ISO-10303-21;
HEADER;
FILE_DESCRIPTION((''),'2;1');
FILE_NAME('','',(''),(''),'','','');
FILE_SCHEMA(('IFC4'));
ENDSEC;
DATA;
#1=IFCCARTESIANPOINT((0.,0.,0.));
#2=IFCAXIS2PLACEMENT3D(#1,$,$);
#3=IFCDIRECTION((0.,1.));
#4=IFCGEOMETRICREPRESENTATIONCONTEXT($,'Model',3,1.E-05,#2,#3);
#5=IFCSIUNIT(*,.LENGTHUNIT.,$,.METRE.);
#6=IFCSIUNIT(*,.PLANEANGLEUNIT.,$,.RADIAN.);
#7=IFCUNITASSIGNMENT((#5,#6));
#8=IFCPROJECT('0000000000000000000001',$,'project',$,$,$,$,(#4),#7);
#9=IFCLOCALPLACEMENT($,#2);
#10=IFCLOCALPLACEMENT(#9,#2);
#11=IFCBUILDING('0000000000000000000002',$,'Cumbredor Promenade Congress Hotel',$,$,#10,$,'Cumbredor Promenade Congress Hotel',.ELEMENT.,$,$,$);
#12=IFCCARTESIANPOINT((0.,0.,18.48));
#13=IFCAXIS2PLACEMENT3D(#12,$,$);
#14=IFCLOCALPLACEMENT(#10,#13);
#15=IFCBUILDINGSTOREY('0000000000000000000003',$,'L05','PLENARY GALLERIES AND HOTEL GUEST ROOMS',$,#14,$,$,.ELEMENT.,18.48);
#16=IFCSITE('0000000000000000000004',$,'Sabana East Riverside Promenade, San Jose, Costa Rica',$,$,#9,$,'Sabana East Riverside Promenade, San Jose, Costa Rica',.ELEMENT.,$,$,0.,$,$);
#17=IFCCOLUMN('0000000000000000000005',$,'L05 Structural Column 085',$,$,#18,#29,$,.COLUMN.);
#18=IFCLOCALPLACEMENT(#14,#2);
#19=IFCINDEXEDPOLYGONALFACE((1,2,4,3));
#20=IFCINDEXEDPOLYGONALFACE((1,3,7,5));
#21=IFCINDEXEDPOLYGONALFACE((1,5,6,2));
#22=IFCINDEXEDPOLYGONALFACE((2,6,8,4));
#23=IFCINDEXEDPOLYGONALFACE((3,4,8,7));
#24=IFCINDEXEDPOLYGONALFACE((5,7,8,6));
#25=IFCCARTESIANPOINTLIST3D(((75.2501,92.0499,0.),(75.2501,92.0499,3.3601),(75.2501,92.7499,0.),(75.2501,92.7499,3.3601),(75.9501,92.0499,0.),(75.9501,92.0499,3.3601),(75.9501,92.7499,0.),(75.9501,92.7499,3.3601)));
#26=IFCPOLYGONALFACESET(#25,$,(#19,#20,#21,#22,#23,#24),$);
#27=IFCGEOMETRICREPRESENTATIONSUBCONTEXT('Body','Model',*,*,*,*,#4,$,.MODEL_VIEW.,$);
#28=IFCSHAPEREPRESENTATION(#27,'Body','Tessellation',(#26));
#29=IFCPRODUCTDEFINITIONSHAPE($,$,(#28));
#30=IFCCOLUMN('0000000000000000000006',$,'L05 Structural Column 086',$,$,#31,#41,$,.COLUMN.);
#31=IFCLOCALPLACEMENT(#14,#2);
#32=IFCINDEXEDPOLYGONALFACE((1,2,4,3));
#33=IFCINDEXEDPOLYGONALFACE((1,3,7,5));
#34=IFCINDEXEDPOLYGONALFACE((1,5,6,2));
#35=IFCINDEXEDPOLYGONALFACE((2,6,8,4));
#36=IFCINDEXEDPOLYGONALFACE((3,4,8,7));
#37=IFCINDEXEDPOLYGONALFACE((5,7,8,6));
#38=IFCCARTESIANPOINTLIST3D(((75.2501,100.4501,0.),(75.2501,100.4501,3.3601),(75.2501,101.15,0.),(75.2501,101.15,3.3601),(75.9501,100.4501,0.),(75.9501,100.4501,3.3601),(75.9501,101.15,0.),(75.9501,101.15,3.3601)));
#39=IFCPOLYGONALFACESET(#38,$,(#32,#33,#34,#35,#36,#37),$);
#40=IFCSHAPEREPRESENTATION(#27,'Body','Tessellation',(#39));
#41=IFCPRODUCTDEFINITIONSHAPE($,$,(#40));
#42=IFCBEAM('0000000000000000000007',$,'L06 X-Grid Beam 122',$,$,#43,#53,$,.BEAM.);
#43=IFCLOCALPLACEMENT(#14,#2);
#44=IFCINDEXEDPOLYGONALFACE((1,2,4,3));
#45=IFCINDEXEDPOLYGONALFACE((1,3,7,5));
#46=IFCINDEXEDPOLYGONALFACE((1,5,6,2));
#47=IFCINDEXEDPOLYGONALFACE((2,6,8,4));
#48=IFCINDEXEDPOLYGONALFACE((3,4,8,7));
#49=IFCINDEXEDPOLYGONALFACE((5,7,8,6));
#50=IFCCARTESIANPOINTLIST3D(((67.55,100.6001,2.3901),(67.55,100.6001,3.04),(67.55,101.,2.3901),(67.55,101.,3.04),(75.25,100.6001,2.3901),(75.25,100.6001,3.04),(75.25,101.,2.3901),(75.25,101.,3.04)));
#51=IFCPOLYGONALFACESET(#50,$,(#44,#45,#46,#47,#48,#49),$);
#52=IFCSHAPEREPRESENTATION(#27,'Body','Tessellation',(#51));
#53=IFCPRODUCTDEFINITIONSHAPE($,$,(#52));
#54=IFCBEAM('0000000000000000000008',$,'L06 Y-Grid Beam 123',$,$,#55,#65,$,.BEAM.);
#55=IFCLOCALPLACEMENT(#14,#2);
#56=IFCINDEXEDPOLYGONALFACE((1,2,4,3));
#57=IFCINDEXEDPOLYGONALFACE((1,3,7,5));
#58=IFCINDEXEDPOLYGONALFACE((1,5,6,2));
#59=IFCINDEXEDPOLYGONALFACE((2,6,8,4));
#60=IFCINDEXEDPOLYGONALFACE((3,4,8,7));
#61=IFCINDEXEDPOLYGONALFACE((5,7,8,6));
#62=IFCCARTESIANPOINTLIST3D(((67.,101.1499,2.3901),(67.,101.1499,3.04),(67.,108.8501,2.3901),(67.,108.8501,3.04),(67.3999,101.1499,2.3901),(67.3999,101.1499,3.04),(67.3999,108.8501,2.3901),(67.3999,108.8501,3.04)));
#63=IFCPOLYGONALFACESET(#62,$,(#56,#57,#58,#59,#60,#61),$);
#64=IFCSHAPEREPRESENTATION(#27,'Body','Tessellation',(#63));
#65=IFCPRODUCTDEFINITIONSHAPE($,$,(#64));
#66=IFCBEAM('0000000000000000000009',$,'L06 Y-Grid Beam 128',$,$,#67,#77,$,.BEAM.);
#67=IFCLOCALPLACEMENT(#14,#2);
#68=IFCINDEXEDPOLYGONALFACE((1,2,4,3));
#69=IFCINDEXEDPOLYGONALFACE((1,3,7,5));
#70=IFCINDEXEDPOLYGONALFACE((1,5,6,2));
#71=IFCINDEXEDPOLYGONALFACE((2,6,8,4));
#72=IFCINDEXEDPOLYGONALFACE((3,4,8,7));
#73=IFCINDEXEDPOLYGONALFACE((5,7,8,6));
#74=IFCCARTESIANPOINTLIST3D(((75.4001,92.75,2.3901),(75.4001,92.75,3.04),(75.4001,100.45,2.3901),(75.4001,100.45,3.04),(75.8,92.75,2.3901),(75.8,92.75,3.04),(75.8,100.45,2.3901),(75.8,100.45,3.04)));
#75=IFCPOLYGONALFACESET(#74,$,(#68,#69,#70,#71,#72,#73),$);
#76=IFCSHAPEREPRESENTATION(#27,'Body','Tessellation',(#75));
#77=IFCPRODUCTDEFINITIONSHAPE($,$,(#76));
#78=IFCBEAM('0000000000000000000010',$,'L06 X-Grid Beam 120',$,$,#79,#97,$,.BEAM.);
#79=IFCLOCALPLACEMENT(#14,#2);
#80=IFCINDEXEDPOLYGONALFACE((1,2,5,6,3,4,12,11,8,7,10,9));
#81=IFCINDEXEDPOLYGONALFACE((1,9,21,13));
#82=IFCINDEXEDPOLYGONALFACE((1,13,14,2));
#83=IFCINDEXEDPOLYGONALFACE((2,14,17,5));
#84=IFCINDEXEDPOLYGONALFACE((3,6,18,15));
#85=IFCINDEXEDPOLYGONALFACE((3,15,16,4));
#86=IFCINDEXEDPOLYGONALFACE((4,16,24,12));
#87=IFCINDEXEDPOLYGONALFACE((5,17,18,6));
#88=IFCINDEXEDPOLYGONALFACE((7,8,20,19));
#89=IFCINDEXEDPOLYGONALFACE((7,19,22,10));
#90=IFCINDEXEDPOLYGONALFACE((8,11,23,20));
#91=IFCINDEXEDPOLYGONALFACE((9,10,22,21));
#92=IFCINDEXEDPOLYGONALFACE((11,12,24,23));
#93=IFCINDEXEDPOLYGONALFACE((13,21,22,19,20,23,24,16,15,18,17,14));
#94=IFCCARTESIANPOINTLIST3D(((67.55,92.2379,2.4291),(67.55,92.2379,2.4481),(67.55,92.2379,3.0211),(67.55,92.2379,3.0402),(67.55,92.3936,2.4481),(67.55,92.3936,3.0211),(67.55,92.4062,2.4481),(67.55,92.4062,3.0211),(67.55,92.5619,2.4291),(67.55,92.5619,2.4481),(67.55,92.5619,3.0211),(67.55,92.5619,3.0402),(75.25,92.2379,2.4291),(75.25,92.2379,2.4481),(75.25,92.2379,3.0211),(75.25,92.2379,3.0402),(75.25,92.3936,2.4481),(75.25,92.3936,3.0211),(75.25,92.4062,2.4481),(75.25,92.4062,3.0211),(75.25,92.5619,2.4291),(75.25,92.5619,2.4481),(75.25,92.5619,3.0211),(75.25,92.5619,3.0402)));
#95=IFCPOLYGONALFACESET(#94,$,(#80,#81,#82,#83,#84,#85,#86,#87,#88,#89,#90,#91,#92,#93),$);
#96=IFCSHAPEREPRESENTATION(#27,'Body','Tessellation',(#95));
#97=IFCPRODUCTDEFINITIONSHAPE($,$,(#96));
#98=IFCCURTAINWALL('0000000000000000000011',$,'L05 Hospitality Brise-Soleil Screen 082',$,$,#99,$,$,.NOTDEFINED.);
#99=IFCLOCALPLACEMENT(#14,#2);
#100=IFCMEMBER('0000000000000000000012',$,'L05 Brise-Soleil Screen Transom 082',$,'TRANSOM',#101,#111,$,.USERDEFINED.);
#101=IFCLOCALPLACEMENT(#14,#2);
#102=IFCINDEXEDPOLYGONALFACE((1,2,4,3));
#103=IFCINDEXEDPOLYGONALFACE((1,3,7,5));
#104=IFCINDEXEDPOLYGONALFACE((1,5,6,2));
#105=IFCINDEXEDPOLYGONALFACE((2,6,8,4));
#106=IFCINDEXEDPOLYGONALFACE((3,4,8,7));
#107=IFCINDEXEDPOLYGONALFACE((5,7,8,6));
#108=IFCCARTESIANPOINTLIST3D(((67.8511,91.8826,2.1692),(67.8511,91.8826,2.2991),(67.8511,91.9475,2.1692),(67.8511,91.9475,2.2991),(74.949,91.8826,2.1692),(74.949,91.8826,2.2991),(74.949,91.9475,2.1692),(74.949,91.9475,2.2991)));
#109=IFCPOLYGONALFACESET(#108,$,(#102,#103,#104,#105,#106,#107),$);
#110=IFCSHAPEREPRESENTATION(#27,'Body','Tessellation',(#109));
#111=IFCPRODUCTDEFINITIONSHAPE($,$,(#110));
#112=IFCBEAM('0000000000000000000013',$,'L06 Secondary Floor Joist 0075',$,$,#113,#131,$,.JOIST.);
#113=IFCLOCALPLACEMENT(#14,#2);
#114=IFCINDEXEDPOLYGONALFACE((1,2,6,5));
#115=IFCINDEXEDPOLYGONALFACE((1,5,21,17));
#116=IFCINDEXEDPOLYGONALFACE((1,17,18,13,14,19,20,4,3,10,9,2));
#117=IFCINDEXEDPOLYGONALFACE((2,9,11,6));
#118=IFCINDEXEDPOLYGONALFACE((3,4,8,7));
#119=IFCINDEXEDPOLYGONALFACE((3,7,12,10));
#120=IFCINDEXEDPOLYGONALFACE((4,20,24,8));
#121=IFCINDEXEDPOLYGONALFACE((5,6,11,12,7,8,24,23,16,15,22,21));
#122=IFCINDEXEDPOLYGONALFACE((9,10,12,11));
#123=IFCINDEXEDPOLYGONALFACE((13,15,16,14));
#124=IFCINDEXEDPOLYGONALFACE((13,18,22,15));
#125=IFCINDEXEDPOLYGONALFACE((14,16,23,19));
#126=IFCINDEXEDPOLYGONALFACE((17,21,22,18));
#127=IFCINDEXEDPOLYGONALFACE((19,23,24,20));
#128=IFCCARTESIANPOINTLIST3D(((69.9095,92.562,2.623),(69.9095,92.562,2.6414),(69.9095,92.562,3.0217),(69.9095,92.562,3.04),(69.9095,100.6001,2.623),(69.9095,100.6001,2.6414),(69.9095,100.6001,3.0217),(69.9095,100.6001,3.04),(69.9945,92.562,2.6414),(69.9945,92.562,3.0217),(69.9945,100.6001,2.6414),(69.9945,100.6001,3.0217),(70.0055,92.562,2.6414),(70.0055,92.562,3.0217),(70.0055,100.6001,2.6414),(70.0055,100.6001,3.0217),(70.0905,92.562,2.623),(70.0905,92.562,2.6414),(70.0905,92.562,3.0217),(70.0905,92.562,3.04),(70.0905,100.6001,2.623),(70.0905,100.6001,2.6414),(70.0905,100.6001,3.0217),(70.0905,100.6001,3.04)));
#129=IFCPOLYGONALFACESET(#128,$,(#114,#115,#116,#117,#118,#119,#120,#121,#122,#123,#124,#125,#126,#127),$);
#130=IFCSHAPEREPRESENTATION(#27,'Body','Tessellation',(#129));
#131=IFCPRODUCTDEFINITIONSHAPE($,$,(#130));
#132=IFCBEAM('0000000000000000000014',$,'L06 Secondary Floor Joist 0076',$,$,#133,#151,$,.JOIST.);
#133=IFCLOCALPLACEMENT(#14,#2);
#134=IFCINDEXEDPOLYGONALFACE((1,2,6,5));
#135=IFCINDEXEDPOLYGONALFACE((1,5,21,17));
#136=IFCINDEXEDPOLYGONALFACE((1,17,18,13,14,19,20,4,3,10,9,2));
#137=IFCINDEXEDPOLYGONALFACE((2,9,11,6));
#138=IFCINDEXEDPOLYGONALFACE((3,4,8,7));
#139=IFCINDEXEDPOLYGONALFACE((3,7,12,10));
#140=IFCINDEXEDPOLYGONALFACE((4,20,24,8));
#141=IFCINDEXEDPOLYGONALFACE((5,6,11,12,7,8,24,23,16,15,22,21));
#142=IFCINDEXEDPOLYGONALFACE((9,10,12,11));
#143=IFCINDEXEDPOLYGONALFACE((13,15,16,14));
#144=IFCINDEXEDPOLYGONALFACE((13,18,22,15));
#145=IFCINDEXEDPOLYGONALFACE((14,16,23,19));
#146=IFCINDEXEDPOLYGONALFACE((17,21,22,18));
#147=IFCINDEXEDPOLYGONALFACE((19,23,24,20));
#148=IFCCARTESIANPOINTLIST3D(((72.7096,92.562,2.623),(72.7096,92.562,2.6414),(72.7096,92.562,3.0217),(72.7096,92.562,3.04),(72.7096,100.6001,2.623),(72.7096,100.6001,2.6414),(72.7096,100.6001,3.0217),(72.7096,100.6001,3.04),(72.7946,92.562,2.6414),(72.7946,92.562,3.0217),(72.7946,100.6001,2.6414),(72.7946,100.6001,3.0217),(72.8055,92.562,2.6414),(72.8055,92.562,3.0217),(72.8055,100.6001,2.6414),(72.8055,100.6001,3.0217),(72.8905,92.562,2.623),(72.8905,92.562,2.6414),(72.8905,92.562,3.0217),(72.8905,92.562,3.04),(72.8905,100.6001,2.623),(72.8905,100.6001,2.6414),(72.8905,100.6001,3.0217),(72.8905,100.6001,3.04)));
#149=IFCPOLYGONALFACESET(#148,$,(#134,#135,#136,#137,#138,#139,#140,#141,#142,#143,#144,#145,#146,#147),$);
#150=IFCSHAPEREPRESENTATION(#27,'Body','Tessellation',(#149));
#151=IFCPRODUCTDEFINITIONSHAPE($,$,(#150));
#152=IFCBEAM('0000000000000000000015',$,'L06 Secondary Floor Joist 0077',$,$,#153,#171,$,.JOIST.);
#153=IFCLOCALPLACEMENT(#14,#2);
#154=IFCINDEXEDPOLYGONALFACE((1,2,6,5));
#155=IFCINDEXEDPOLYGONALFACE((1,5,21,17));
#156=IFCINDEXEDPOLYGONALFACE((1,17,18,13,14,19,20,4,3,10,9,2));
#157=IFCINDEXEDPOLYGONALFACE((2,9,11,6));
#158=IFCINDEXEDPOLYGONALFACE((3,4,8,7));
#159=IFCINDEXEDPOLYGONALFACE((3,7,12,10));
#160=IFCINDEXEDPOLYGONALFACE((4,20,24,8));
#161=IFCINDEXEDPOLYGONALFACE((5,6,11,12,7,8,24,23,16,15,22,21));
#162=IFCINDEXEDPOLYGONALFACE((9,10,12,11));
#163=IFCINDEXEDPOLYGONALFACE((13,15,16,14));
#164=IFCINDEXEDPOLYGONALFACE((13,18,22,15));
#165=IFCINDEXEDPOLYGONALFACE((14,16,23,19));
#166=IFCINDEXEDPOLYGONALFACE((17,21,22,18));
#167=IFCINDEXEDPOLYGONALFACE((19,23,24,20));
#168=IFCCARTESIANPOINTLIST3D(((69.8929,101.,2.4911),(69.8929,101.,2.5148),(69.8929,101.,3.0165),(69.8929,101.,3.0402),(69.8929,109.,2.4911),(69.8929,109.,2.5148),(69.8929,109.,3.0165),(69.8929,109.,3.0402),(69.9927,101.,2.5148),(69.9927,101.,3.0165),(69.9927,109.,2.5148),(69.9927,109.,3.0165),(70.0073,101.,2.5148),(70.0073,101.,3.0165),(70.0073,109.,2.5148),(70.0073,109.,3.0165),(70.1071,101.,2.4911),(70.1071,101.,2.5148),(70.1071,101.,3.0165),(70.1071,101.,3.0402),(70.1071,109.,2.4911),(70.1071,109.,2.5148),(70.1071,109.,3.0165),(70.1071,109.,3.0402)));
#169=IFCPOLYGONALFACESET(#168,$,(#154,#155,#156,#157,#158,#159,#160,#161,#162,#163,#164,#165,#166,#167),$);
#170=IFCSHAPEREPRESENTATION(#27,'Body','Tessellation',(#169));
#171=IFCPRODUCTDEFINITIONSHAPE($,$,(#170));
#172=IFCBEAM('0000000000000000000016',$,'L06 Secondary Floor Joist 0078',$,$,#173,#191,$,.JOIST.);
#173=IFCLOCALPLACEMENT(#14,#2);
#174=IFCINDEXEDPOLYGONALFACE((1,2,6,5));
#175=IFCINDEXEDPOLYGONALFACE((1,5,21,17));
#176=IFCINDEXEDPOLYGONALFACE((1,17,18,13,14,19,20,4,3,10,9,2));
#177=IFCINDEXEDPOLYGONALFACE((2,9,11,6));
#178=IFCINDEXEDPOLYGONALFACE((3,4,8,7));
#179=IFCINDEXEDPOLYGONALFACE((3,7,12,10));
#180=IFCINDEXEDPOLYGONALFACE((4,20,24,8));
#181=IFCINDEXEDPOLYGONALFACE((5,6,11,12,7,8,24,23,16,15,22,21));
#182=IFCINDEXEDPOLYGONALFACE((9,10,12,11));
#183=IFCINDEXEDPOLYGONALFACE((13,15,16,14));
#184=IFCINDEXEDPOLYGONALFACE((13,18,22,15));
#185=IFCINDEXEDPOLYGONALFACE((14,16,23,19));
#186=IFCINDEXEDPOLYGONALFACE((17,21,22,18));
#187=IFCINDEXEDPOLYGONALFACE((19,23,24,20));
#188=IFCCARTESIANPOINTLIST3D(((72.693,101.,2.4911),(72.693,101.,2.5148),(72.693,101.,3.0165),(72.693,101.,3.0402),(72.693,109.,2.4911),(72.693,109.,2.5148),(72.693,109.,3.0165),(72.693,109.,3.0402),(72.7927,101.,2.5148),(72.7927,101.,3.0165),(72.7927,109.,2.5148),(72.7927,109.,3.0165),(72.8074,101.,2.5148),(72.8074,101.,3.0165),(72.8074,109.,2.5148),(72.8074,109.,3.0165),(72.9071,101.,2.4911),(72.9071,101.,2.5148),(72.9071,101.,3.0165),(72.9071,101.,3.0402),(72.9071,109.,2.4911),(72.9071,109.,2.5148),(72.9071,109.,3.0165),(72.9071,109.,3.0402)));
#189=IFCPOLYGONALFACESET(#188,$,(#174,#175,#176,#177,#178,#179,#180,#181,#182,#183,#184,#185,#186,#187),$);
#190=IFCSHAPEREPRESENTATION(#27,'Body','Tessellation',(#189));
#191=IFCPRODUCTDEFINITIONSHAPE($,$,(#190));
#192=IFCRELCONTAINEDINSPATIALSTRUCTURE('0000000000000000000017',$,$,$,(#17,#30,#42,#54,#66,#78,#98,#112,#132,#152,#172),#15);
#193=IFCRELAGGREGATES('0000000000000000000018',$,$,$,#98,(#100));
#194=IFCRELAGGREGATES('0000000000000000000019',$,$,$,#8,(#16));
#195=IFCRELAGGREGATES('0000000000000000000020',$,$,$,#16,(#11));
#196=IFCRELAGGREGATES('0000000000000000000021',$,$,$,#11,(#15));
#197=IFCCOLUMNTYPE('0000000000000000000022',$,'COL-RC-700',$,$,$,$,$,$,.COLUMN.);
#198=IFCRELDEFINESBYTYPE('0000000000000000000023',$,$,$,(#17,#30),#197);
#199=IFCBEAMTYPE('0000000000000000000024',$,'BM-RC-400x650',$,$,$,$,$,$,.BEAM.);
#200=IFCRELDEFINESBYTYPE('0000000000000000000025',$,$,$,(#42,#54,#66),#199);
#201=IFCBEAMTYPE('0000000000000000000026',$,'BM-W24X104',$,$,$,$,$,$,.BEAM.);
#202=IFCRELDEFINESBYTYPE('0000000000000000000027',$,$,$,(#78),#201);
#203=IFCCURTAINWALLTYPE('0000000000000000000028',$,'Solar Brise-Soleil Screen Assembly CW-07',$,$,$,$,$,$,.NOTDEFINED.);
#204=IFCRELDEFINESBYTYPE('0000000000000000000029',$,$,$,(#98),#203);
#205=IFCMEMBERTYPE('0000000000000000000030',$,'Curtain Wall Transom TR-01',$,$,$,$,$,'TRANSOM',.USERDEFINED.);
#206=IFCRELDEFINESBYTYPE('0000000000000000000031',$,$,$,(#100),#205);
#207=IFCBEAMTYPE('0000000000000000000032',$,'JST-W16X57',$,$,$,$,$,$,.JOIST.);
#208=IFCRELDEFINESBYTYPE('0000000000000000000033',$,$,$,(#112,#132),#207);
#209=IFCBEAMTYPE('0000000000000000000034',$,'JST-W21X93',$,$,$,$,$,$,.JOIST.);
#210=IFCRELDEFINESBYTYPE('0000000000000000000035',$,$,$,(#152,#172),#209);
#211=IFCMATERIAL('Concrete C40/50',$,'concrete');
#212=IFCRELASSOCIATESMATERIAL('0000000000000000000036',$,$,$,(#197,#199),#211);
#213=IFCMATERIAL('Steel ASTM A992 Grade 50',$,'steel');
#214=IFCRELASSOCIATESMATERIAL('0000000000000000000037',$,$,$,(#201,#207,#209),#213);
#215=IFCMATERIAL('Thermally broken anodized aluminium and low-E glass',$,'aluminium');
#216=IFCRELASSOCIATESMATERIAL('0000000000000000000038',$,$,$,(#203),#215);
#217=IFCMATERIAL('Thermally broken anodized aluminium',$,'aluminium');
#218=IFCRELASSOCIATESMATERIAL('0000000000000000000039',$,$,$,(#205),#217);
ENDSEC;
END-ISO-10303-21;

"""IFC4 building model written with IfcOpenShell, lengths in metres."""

from ifc_helpers import new_model, si_unit, direction, frame, origin, origin_2d, place, context, subcontext, project, spatial, rectangle, i_section, extrude, material, material_profile, profile_set, type_object, element, aggregate, save


model = new_model("IFC4")

# Units and contexts
model_context = context("Model", 3, precision=1e-05, world=origin(), true_north=direction((0.0, 1.0)))
body_context = subcontext(model_context, "Body", "Model", "MODEL_VIEW")
ifc_project = project(units=[si_unit("LENGTHUNIT", "METRE"), si_unit("PLANEANGLEUNIT", "RADIAN")], contexts=[model_context])

# Site, building, storey
site_placement = place(None, origin())
site = spatial("IfcSite", under=ifc_project, at=site_placement, Name="Sabana East Riverside Promenade, San Jose, Costa Rica", LongName="Sabana East Riverside Promenade, San Jose, Costa Rica", CompositionType="ELEMENT", RefElevation=0.0)
building_placement = place(site_placement, origin())
building = spatial("IfcBuilding", under=site, at=building_placement, Name="Cumbredor Promenade Congress Hotel", LongName="Cumbredor Promenade Congress Hotel", CompositionType="ELEMENT")
storey_placement = place(building_placement, frame((0.0, 0.0, 18.48)))
storey = spatial("IfcBuildingStorey", under=building, at=storey_placement, Name="L05", Description="PLENARY GALLERIES AND HOTEL GUEST ROOMS", CompositionType="ELEMENT", Elevation=18.48)

# Columns
ifc_material_1 = material(Name="Concrete C40/50", Category="concrete")
ifc_material_profile_1 = material_profile(ifc_material_1, rectangle(XDim=0.7, YDim=0.7, at=origin_2d()), Name="RC 700x700")
ifc_profile_set_1 = profile_set([ifc_material_profile_1], Name="Concrete C40/50")
column_type = type_object("IfcColumnType", Name="COL-RC-700", PredefinedType="COLUMN", material=ifc_profile_set_1)
for number, where, z_axis, x_axis, name in (
    (1, (75.6001, 92.3999, 0.0), (0.0, 0.0, 1.0), (1.0, 0.0, 0.0), "L05 Structural Column 085"),
    (2, (75.6001, 100.8, 0.0), (0.0, 0.0, 1.0), (1.0, 0.0, 0.0), "L05 Structural Column 086"),
):
    element("IfcColumn", number, at=place(storey_placement, frame(where, z_axis=z_axis, x_axis=x_axis)), inside=storey, type_object=column_type, Name=name, PredefinedType="COLUMN", context=body_context, shape_type="SweptSolid", body=[
        extrude(rectangle(XDim=0.7, YDim=0.7, at=origin_2d()), origin(), (0.0, 0.0, 1.0), 3.3601),
    ])

# Beams
ifc_material_profile_2 = material_profile(ifc_material_1, rectangle(XDim=0.3999, YDim=0.6499, at=origin_2d()), Name="RC BEAM 400x650")
ifc_profile_set_2 = profile_set([ifc_material_profile_2], Name="Concrete C40/50")
beam_type_1 = type_object("IfcBeamType", Name="BM-RC-400x650", PredefinedType="BEAM", material=ifc_profile_set_2)
beam_1_placement = place(storey_placement, frame((67.55, 100.8, 2.7151), z_axis=(1.0, 0.0, 0.0), x_axis=(0.0, 1.0, 0.0)))
element("IfcBeam", 3, at=beam_1_placement, inside=storey, type_object=beam_type_1, Name="L06 X-Grid Beam 122", PredefinedType="BEAM", context=body_context, shape_type="SweptSolid", body=[
    extrude(rectangle(XDim=0.3999, YDim=0.6499, at=origin_2d()), origin(), (0.0, 0.0, 1.0), 7.7),
])
beam_2_placement = place(storey_placement, frame((67.2, 101.1499, 2.7151), z_axis=(0.0, 1.0, 0.0), x_axis=(-1.0, 0.0, 0.0)))
element("IfcBeam", 4, at=beam_2_placement, inside=storey, type_object=beam_type_1, Name="L06 Y-Grid Beam 123", PredefinedType="BEAM", context=body_context, shape_type="SweptSolid", body=[
    extrude(rectangle(XDim=0.3999, YDim=0.6499, at=origin_2d()), origin(), (0.0, 0.0, 1.0), 7.7002),
])
beam_3_placement = place(storey_placement, frame((75.6001, 92.75, 2.7151), z_axis=(0.0, 1.0, 0.0), x_axis=(-1.0, 0.0, 0.0)))
element("IfcBeam", 5, at=beam_3_placement, inside=storey, type_object=beam_type_1, Name="L06 Y-Grid Beam 128", PredefinedType="BEAM", context=body_context, shape_type="SweptSolid", body=[
    extrude(rectangle(XDim=0.3999, YDim=0.6499, at=origin_2d()), origin(), (0.0, 0.0, 1.0), 7.7),
])
ifc_material_2 = material(Name="Steel ASTM A992 Grade 50", Category="steel")
ifc_material_profile_3 = material_profile(ifc_material_2, i_section(OverallWidth=0.324, OverallDepth=0.6111, WebThickness=0.0127, FlangeThickness=0.019, at=origin_2d()), Name="W24X104")
ifc_profile_set_3 = profile_set([ifc_material_profile_3], Name="Steel ASTM A992 Grade 50")
beam_type_2 = type_object("IfcBeamType", Name="BM-W24X104", PredefinedType="BEAM", material=ifc_profile_set_3)
beam_4_placement = place(storey_placement, frame((67.55, 92.3999, 2.7346), z_axis=(1.0, 0.0, 0.0), x_axis=(0.0, 1.0, 0.0)))
element("IfcBeam", 6, at=beam_4_placement, inside=storey, type_object=beam_type_2, Name="L06 X-Grid Beam 120", PredefinedType="BEAM", context=body_context, shape_type="SweptSolid", body=[
    extrude(i_section(OverallWidth=0.324, OverallDepth=0.6111, WebThickness=0.0127, FlangeThickness=0.019, at=origin_2d()), origin(), (0.0, 0.0, 1.0), 7.7),
])

# Curtain wall, member
ifc_material_3 = material(Name="Thermally broken anodized aluminium and low-E glass", Category="aluminium")
curtain_wall_type = type_object("IfcCurtainWallType", Name="Solar Brise-Soleil Screen Assembly CW-07", PredefinedType="NOTDEFINED", material=ifc_material_3)
curtain_wall_placement = place(storey_placement, origin())
curtain_wall = element("IfcCurtainWall", 7, at=curtain_wall_placement, inside=storey, type_object=curtain_wall_type, Name="L05 Hospitality Brise-Soleil Screen 082", PredefinedType="NOTDEFINED")
ifc_material_4 = material(Name="Thermally broken anodized aluminium", Category="aluminium")
ifc_material_profile_4 = material_profile(ifc_material_4, rectangle(XDim=0.0649, YDim=0.1299, at=origin_2d()), Name="ALU TRANSOM 65x130")
ifc_profile_set_4 = profile_set([ifc_material_profile_4], Name="Thermally broken anodized aluminium")
member_type_1 = type_object("IfcMemberType", Name="Curtain Wall Transom TR-01", ElementType="TRANSOM", PredefinedType="USERDEFINED", material=ifc_profile_set_4)
member_1_placement = place(storey_placement, frame((67.8511, 91.915, 2.2341), z_axis=(1.0, 0.0, 0.0), x_axis=(0.0, 1.0, 0.0)))
member_1 = element("IfcMember", 8, at=member_1_placement, type_object=member_type_1, Name="L05 Brise-Soleil Screen Transom 082", ObjectType="TRANSOM", PredefinedType="USERDEFINED", context=body_context, shape_type="SweptSolid", body=[
    extrude(rectangle(XDim=0.0649, YDim=0.1299, at=origin_2d()), origin(), (0.0, 0.0, 1.0), 7.0979),
])

# Beams
ifc_material_profile_5 = material_profile(ifc_material_2, i_section(OverallWidth=0.1809, OverallDepth=0.417, WebThickness=0.011, FlangeThickness=0.0183, at=origin_2d()), Name="W16X57")
ifc_profile_set_5 = profile_set([ifc_material_profile_5], Name="Steel ASTM A992 Grade 50")
beam_type_3 = type_object("IfcBeamType", Name="JST-W16X57", PredefinedType="JOIST", material=ifc_profile_set_5)
for number, where, z_axis, x_axis, name in (
    (9, (70.0, 92.562, 2.8315), (0.0, 1.0, 0.0), (-1.0, 0.0, 0.0), "L06 Secondary Floor Joist 0075"),
    (10, (72.8, 92.562, 2.8315), (0.0, 1.0, 0.0), (-1.0, 0.0, 0.0), "L06 Secondary Floor Joist 0076"),
):
    element("IfcBeam", number, at=place(storey_placement, frame(where, z_axis=z_axis, x_axis=x_axis)), inside=storey, type_object=beam_type_3, Name=name, PredefinedType="JOIST", context=body_context, shape_type="SweptSolid", body=[
        extrude(i_section(OverallWidth=0.1809, OverallDepth=0.417, WebThickness=0.011, FlangeThickness=0.0183, at=origin_2d()), origin(), (0.0, 0.0, 1.0), 8.0381),
    ])
ifc_material_profile_6 = material_profile(ifc_material_2, i_section(OverallWidth=0.2141, OverallDepth=0.5491, WebThickness=0.0146, FlangeThickness=0.0237, at=origin_2d()), Name="W21X93")
ifc_profile_set_6 = profile_set([ifc_material_profile_6], Name="Steel ASTM A992 Grade 50")
beam_type_4 = type_object("IfcBeamType", Name="JST-W21X93", PredefinedType="JOIST", material=ifc_profile_set_6)
for number, where, z_axis, x_axis, name in (
    (11, (70.0, 101.0, 2.7656), (0.0, 1.0, 0.0), (-1.0, 0.0, 0.0), "L06 Secondary Floor Joist 0077"),
    (12, (72.8, 101.0, 2.7656), (0.0, 1.0, 0.0), (-1.0, 0.0, 0.0), "L06 Secondary Floor Joist 0078"),
):
    element("IfcBeam", number, at=place(storey_placement, frame(where, z_axis=z_axis, x_axis=x_axis)), inside=storey, type_object=beam_type_4, Name=name, PredefinedType="JOIST", context=body_context, shape_type="SweptSolid", body=[
        extrude(i_section(OverallWidth=0.2141, OverallDepth=0.5491, WebThickness=0.0146, FlangeThickness=0.0237, at=origin_2d()), origin(), (0.0, 0.0, 1.0), 8.0),
    ])

aggregate(curtain_wall, [member_1])

save(model, "model.ifc")
